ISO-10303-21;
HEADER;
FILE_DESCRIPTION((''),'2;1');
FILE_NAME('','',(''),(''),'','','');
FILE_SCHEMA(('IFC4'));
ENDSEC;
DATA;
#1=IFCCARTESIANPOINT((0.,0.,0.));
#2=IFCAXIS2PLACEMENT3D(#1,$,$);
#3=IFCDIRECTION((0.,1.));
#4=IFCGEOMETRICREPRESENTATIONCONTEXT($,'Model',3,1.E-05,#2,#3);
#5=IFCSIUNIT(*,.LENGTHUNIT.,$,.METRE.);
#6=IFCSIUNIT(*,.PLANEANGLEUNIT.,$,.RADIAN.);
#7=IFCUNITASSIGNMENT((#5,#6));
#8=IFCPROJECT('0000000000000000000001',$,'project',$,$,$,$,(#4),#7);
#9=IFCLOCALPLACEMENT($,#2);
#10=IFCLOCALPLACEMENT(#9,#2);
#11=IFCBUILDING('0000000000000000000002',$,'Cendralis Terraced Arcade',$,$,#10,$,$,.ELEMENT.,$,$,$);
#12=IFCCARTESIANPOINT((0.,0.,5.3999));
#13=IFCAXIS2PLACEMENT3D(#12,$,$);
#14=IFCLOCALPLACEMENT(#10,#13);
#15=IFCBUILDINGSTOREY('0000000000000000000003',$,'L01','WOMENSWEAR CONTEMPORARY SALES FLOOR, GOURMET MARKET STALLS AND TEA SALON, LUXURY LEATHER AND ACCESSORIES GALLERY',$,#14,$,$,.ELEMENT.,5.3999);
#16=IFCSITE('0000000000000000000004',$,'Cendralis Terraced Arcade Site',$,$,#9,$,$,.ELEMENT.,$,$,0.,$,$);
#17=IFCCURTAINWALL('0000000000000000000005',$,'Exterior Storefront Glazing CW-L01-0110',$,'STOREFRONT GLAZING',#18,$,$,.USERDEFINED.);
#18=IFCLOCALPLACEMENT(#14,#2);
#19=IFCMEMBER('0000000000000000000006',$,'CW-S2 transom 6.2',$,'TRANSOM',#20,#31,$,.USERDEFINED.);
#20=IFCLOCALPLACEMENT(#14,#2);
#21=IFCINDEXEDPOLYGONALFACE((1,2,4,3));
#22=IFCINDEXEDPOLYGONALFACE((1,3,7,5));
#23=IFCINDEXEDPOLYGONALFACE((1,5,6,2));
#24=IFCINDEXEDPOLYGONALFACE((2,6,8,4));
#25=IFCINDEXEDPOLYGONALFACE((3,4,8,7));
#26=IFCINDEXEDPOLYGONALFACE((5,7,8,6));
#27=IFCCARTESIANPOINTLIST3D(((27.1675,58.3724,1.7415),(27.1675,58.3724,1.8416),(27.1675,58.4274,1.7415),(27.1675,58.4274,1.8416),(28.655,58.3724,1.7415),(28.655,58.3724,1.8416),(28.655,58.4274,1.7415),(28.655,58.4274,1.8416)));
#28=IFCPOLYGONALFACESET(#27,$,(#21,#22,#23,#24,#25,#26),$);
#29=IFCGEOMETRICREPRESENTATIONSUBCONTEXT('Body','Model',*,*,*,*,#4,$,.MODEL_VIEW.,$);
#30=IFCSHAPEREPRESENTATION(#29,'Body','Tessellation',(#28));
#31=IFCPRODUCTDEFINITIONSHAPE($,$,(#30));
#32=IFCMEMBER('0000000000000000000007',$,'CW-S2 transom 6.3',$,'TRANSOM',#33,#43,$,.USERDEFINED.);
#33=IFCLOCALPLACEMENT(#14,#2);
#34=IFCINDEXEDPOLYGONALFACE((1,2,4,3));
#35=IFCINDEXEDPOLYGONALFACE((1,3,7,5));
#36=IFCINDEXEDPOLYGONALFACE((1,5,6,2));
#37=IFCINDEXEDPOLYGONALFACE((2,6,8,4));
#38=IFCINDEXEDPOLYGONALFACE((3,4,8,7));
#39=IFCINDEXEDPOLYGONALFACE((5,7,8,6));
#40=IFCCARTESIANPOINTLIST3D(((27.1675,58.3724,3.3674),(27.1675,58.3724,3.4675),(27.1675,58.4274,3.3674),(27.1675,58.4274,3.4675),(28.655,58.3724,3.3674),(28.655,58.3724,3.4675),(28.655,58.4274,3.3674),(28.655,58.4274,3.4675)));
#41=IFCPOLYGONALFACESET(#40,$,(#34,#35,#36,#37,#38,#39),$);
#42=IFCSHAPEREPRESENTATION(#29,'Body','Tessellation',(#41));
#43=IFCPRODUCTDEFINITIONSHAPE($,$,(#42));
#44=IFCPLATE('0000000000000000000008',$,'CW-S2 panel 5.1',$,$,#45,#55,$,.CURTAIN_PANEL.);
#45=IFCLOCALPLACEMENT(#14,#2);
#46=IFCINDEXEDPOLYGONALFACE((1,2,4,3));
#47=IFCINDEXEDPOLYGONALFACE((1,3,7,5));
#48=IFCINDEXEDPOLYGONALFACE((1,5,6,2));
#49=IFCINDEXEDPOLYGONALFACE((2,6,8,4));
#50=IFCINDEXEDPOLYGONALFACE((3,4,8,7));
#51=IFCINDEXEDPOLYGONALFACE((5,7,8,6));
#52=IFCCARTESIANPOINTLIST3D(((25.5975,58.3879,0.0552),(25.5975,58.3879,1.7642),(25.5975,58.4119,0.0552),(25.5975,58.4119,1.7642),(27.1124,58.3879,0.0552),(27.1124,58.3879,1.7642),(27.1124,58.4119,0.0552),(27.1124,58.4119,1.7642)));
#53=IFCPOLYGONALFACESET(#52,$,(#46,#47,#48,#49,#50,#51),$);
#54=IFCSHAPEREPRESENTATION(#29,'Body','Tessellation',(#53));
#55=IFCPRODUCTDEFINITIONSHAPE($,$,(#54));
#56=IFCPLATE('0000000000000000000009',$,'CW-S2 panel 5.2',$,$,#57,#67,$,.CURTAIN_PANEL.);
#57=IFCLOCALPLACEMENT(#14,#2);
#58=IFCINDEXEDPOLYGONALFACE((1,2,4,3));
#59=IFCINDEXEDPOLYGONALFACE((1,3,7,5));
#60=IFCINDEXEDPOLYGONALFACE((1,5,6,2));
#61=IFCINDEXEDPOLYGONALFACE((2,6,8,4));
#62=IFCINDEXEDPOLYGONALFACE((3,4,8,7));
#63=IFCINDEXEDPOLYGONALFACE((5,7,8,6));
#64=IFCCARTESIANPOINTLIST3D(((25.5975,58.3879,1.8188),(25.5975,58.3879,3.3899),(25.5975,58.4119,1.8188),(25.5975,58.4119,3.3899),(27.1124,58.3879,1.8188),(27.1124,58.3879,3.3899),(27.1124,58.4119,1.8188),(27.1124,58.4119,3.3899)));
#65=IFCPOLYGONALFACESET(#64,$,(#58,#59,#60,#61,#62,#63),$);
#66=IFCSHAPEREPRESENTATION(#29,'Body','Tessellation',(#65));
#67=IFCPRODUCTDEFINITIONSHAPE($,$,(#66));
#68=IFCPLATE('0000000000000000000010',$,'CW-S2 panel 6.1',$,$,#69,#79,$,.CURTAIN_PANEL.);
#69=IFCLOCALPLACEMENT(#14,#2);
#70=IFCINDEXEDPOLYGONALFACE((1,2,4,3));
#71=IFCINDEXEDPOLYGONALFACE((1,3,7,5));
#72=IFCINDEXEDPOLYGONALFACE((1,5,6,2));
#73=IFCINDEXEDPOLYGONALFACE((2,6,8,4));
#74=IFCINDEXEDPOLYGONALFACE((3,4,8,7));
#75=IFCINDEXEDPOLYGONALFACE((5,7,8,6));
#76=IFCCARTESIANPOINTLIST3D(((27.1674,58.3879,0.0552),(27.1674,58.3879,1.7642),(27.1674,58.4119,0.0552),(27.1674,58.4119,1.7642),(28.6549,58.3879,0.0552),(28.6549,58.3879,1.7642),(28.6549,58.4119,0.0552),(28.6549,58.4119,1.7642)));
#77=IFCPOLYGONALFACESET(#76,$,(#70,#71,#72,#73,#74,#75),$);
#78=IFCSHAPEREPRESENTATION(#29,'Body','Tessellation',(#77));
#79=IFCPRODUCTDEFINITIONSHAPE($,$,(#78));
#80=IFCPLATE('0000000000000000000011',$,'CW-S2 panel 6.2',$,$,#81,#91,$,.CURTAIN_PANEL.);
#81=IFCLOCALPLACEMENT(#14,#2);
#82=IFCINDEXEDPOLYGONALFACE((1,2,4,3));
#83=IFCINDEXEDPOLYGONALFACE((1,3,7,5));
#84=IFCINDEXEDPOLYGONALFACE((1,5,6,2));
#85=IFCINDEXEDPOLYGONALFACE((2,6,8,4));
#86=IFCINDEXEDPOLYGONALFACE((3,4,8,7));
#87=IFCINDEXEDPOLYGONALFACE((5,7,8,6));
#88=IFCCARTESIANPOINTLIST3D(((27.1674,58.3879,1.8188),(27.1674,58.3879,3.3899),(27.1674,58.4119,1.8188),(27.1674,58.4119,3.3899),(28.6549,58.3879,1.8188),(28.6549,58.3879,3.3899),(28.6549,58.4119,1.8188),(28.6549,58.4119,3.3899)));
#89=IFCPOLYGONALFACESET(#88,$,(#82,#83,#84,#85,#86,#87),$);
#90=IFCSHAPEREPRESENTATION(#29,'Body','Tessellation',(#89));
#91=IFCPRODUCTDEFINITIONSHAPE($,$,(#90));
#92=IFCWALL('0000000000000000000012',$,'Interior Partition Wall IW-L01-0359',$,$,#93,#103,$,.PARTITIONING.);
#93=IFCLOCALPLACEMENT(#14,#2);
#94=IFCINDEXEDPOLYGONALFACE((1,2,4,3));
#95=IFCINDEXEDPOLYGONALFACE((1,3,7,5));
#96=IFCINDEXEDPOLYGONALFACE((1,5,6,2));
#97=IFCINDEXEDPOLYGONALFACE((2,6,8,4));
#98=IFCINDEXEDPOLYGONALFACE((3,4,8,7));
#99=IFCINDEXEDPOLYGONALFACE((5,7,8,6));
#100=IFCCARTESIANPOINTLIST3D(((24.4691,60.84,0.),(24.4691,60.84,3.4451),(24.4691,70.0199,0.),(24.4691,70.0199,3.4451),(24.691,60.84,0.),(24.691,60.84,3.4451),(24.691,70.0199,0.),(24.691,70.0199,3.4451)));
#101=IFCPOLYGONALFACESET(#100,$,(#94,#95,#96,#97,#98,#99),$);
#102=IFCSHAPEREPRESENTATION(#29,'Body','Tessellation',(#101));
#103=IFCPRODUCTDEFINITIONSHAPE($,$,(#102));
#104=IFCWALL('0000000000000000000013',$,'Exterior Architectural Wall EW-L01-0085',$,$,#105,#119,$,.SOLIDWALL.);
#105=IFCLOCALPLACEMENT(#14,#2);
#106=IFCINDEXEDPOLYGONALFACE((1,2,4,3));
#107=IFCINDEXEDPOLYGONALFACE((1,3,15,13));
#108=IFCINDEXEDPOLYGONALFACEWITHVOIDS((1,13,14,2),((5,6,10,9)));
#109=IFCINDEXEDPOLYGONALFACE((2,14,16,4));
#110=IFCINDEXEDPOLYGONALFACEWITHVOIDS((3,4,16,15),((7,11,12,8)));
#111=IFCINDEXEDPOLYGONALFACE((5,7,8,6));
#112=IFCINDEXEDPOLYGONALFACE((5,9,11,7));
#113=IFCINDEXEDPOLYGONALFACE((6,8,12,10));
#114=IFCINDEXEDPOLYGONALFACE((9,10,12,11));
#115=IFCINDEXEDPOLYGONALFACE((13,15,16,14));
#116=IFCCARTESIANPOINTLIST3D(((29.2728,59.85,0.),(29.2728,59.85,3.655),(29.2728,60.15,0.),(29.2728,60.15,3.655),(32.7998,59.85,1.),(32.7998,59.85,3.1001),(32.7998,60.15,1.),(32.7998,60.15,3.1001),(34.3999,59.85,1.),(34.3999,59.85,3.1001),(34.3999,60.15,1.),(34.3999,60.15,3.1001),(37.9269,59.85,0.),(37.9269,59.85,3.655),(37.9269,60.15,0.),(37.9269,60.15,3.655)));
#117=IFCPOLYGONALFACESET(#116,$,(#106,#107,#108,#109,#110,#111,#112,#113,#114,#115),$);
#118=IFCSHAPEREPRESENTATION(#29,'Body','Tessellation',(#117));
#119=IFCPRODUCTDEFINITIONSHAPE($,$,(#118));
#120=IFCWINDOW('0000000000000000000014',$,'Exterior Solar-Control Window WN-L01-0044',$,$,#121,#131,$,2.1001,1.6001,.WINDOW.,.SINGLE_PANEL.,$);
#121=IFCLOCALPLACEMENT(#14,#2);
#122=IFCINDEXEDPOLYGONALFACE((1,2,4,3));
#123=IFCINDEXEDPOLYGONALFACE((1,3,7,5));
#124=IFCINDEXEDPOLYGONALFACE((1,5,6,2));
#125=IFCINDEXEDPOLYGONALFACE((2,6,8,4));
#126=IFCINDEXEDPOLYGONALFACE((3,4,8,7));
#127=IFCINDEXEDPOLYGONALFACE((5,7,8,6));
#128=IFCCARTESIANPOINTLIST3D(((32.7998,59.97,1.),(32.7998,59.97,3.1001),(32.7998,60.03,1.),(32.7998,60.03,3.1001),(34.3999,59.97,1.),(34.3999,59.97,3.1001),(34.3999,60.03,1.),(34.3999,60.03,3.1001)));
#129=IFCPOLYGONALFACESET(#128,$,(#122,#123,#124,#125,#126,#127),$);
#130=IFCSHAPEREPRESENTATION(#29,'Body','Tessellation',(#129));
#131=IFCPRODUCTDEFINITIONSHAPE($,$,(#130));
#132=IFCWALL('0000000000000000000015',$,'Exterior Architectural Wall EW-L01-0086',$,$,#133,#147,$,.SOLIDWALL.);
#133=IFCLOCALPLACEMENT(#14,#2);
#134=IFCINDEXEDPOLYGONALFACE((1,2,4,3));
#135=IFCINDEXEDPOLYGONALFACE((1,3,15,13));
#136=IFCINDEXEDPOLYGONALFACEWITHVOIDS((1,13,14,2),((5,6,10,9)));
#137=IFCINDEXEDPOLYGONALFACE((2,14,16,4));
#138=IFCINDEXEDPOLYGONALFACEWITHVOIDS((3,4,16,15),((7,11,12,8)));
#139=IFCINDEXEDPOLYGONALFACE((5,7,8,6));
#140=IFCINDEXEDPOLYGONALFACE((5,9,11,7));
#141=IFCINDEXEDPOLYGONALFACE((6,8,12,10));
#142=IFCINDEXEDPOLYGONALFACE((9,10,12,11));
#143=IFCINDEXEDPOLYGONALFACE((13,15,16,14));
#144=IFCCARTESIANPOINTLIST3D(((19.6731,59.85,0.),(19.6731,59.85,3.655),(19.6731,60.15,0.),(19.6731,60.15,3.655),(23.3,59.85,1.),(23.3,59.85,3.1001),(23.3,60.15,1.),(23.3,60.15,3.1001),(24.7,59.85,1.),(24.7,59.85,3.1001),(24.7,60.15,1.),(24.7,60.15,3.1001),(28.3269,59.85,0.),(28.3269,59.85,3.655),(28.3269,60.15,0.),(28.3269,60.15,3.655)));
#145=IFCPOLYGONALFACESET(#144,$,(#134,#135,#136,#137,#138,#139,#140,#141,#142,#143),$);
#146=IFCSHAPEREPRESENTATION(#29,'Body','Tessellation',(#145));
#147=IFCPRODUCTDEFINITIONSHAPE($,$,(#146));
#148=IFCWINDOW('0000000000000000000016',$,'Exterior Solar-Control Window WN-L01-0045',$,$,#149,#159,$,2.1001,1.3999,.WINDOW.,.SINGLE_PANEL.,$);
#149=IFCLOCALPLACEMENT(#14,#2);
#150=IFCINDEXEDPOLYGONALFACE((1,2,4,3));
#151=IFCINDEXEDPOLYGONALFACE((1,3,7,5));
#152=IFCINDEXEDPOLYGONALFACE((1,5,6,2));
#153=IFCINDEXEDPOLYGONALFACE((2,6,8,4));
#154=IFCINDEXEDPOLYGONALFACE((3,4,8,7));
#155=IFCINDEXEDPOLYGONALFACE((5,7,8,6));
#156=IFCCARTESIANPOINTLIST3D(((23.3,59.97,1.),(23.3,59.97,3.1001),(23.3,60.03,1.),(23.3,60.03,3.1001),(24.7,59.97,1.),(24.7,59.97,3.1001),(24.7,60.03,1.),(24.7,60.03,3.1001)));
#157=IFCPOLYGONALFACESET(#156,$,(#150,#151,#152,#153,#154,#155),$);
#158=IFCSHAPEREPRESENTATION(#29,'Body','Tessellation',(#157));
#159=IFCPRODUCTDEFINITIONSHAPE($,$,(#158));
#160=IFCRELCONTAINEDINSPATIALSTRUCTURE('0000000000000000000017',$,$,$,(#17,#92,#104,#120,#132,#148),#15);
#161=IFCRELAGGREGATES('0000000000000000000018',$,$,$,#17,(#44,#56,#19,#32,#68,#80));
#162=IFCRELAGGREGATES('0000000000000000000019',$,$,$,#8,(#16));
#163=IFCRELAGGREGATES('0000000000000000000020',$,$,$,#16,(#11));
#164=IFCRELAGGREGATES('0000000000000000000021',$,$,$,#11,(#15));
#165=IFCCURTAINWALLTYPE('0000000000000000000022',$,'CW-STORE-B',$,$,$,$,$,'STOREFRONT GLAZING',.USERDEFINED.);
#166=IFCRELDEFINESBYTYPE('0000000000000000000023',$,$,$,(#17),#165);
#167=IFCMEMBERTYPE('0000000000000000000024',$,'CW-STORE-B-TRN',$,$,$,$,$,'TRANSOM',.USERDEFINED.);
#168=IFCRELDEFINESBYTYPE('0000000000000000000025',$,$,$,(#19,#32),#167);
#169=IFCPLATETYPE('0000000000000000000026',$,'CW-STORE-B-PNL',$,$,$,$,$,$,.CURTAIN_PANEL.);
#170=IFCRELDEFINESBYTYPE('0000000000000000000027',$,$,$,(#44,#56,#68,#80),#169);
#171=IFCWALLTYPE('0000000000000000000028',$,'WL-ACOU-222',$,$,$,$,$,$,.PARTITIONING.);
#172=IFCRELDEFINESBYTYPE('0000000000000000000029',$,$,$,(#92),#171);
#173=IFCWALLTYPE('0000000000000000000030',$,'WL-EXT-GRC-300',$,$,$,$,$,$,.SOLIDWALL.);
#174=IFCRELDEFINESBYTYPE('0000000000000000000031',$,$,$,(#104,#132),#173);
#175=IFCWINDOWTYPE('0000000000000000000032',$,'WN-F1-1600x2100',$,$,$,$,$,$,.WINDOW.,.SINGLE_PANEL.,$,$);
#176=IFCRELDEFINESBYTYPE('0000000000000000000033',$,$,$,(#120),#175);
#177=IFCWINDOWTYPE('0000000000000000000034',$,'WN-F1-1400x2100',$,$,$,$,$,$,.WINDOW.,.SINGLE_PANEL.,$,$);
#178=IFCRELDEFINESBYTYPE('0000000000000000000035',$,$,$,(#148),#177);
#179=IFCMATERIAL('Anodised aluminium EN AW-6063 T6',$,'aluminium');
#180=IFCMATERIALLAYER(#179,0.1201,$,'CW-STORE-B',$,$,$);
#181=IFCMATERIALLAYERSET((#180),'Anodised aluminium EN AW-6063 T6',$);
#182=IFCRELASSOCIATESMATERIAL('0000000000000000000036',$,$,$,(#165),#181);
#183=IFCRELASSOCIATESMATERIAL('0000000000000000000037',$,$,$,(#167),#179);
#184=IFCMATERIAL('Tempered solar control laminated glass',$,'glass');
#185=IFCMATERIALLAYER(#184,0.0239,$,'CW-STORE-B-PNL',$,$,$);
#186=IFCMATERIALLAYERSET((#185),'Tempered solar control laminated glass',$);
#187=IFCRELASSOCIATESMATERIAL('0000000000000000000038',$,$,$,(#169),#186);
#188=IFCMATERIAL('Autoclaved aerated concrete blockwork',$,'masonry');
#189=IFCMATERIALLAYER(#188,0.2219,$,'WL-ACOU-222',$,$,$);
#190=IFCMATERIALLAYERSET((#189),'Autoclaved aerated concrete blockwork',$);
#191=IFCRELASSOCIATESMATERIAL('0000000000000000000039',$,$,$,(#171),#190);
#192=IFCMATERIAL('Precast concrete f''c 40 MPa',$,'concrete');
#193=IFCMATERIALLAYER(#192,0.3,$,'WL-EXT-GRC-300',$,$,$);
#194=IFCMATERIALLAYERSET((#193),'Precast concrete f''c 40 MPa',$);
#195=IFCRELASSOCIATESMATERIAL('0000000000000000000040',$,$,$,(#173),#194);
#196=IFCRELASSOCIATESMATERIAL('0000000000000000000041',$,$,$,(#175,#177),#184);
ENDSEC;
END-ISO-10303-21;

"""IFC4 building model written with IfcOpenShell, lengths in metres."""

from ifc_helpers import new_model, si_unit, direction, frame, frame_2d, origin, origin_2d, place, context, subcontext, project, spatial, rectangle, extrude, material, layer, layer_set, material_profile, profile_set, type_object, element, fill, aggregate, save


model = new_model("IFC4")

# Units and contexts
model_context = context("Model", 3, precision=1e-05, world=origin(), true_north=direction((0.0, 1.0)))
body_context = subcontext(model_context, "Body", "Model", "MODEL_VIEW")
ifc_project = project(units=[si_unit("LENGTHUNIT", "METRE"), si_unit("PLANEANGLEUNIT", "RADIAN")], contexts=[model_context])

# Site, building, storey
site_placement = place(None, origin())
site = spatial("IfcSite", under=ifc_project, at=site_placement, Name="Cendralis Terraced Arcade Site", CompositionType="ELEMENT", RefElevation=0.0)
building_placement = place(site_placement, origin())
building = spatial("IfcBuilding", under=site, at=building_placement, Name="Cendralis Terraced Arcade", CompositionType="ELEMENT")
storey_placement = place(building_placement, frame((0.0, 0.0, 5.3999)))
storey = spatial("IfcBuildingStorey", under=building, at=storey_placement, Name="L01", Description="WOMENSWEAR CONTEMPORARY SALES FLOOR, GOURMET MARKET STALLS AND TEA SALON, LUXURY LEATHER AND ACCESSORIES GALLERY", CompositionType="ELEMENT", Elevation=5.3999)

# Curtain wall, members, plates
ifc_material_1 = material(Name="Anodised aluminium EN AW-6063 T6", Category="aluminium")
ifc_layer_1 = layer(ifc_material_1, 0.1201, Name="CW-STORE-B")
ifc_layer_set_1 = layer_set([ifc_layer_1], Name="Anodised aluminium EN AW-6063 T6")
curtain_wall_type = type_object("IfcCurtainWallType", Name="CW-STORE-B", ElementType="STOREFRONT GLAZING", PredefinedType="USERDEFINED", material=ifc_layer_set_1)
curtain_wall_placement = place(storey_placement, origin())
curtain_wall = element("IfcCurtainWall", 1, at=curtain_wall_placement, inside=storey, type_object=curtain_wall_type, Name="Exterior Storefront Glazing CW-L01-0110", ObjectType="STOREFRONT GLAZING", PredefinedType="USERDEFINED")
ifc_material_profile_1 = material_profile(ifc_material_1, rectangle(XDim=0.0549, YDim=0.1001, at=origin_2d()), Name="ALU-TRN-55x100")
ifc_profile_set_1 = profile_set([ifc_material_profile_1], Name="Anodised aluminium EN AW-6063 T6")
member_type_1 = type_object("IfcMemberType", Name="CW-STORE-B-TRN", ElementType="TRANSOM", PredefinedType="USERDEFINED", material=ifc_profile_set_1)
member_1_placement = place(storey_placement, frame((27.1675, 58.3999, 1.7915), z_axis=(1.0, 0.0, 0.0), x_axis=(0.0, 1.0, 0.0)))
member_1 = element("IfcMember", 2, at=member_1_placement, type_object=member_type_1, Name="CW-S2 transom 6.2", ObjectType="TRANSOM", PredefinedType="USERDEFINED", context=body_context, shape_type="SweptSolid", body=[
    extrude(rectangle(XDim=0.0549, YDim=0.1001, at=origin_2d()), origin(), (0.0, 0.0, 1.0), 1.4875),
])
member_2_placement = place(storey_placement, frame((27.1675, 58.3999, 3.4175), z_axis=(1.0, 0.0, 0.0), x_axis=(0.0, 1.0, 0.0)))
member_2 = element("IfcMember", 3, at=member_2_placement, type_object=member_type_1, Name="CW-S2 transom 6.3", ObjectType="TRANSOM", PredefinedType="USERDEFINED", context=body_context, shape_type="SweptSolid", body=[
    extrude(rectangle(XDim=0.0549, YDim=0.1001, at=origin_2d()), origin(), (0.0, 0.0, 1.0), 1.4875),
])
ifc_material_2 = material(Name="Tempered solar control laminated glass", Category="glass")
ifc_layer_2 = layer(ifc_material_2, 0.0239, Name="CW-STORE-B-PNL")
ifc_layer_set_2 = layer_set([ifc_layer_2], Name="Tempered solar control laminated glass")
plate_type = type_object("IfcPlateType", Name="CW-STORE-B-PNL", PredefinedType="CURTAIN_PANEL", material=ifc_layer_set_2)
plate_1_placement = place(storey_placement, frame((26.355, 58.3999, 0.0552), z_axis=(0.0, 0.0, 1.0), x_axis=(1.0, 0.0, 0.0)))
plate_1 = element("IfcPlate", 4, at=plate_1_placement, type_object=plate_type, Name="CW-S2 panel 5.1", PredefinedType="CURTAIN_PANEL", context=body_context, shape_type="SweptSolid", body=[
    extrude(rectangle(XDim=1.5149, YDim=0.0239, at=origin_2d()), origin(), (0.0, 0.0, 1.0), 1.709),
])
plate_2_placement = place(storey_placement, frame((26.355, 58.3999, 1.8188), z_axis=(0.0, 0.0, 1.0), x_axis=(1.0, 0.0, 0.0)))
plate_2 = element("IfcPlate", 5, at=plate_2_placement, type_object=plate_type, Name="CW-S2 panel 5.2", PredefinedType="CURTAIN_PANEL", context=body_context, shape_type="SweptSolid", body=[
    extrude(rectangle(XDim=1.5149, YDim=0.0239, at=origin_2d()), origin(), (0.0, 0.0, 1.0), 1.571),
])
plate_3_placement = place(storey_placement, frame((27.9111, 58.3999, 0.0552), z_axis=(0.0, 0.0, 1.0), x_axis=(1.0, 0.0, 0.0)))
plate_3 = element("IfcPlate", 6, at=plate_3_placement, type_object=plate_type, Name="CW-S2 panel 6.1", PredefinedType="CURTAIN_PANEL", context=body_context, shape_type="SweptSolid", body=[
    extrude(rectangle(XDim=1.4875, YDim=0.0239, at=origin_2d()), origin(), (0.0, 0.0, 1.0), 1.709),
])
plate_4_placement = place(storey_placement, frame((27.9111, 58.3999, 1.8188), z_axis=(0.0, 0.0, 1.0), x_axis=(1.0, 0.0, 0.0)))
plate_4 = element("IfcPlate", 7, at=plate_4_placement, type_object=plate_type, Name="CW-S2 panel 6.2", PredefinedType="CURTAIN_PANEL", context=body_context, shape_type="SweptSolid", body=[
    extrude(rectangle(XDim=1.4875, YDim=0.0239, at=origin_2d()), origin(), (0.0, 0.0, 1.0), 1.571),
])
aggregate(curtain_wall, [plate_1, plate_2, member_1, member_2, plate_3, plate_4])

# Wall
ifc_material_3 = material(Name="Autoclaved aerated concrete blockwork", Category="masonry")
ifc_layer_3 = layer(ifc_material_3, 0.2219, Name="WL-ACOU-222")
ifc_layer_set_3 = layer_set([ifc_layer_3], Name="Autoclaved aerated concrete blockwork")
wall_type_1 = type_object("IfcWallType", Name="WL-ACOU-222", PredefinedType="PARTITIONING", material=ifc_layer_set_3)
wall_1_placement = place(storey_placement, frame((24.5801, 60.8401, 0.0), z_axis=(0.0, 0.0, 1.0), x_axis=(0.0, 1.0, 0.0)))
element("IfcWall", 8, at=wall_1_placement, inside=storey, type_object=wall_type_1, Name="Interior Partition Wall IW-L01-0359", PredefinedType="PARTITIONING", context=body_context, shape_type="SweptSolid", body=[
    extrude(rectangle(XDim=9.1799, YDim=0.2219, at=frame_2d((4.5898, 0.0))), origin(), (0.0, 0.0, 1.0), 3.4451),
])

# Walls, openings, windows
ifc_material_4 = material(Name="Precast concrete f'c 40 MPa", Category="concrete")
ifc_layer_4 = layer(ifc_material_4, 0.3, Name="WL-EXT-GRC-300")
ifc_layer_set_4 = layer_set([ifc_layer_4], Name="Precast concrete f'c 40 MPa")
wall_type_2 = type_object("IfcWallType", Name="WL-EXT-GRC-300", PredefinedType="SOLIDWALL", material=ifc_layer_set_4)
wall_2_placement = place(storey_placement, frame((37.927, 60.0, 0.0), z_axis=(0.0, 0.0, 1.0), x_axis=(-1.0, 0.0, 0.0)))
wall_2 = element("IfcWall", 9, at=wall_2_placement, inside=storey, type_object=wall_type_2, Name="Exterior Architectural Wall EW-L01-0085", PredefinedType="SOLIDWALL", context=body_context, shape_type="SweptSolid", body=[
    extrude(rectangle(XDim=8.6541, YDim=0.3, at=frame_2d((4.3271, 0.0))), origin(), (0.0, 0.0, 1.0), 3.655),
])
opening_1_placement = place(wall_2_placement, frame((3.5271, 0.0, 1.0)))
opening_1 = element("IfcOpeningElement", 10, at=opening_1_placement, cuts=wall_2, PredefinedType="OPENING", context=body_context, shape_type="SweptSolid", body=[
    extrude(rectangle(XDim=1.6001, YDim=2.1001, at=frame_2d((0.8, 1.05))), frame((0.0, 0.1621, 0.0), z_axis=(0.0, -1.0, 0.0), x_axis=(1.0, 0.0, 0.0)), (0.0, 0.0, 1.0), 0.324),
])
window_type_1 = type_object("IfcWindowType", Name="WN-F1-1600x2100", PartitioningType="SINGLE_PANEL", PredefinedType="WINDOW", material=ifc_material_2)
window_1_placement = place(opening_1_placement, origin())
window_1 = element("IfcWindow", 11, at=window_1_placement, inside=storey, type_object=window_type_1, Name="Exterior Solar-Control Window WN-L01-0044", OverallHeight=2.1001, OverallWidth=1.6001, PartitioningType="SINGLE_PANEL", PredefinedType="WINDOW", context=body_context, shape_type="SweptSolid", body=[
    extrude(rectangle(XDim=1.6001, YDim=2.1001, at=frame_2d((0.8, 1.05))), frame((0.0, 0.03, 0.0), z_axis=(0.0, -1.0, 0.0), x_axis=(1.0, 0.0, 0.0)), (0.0, 0.0, 1.0), 0.0601),
])
fill(opening_1, window_1)
wall_3_placement = place(storey_placement, frame((28.3269, 60.0, 0.0), z_axis=(0.0, 0.0, 1.0), x_axis=(-1.0, 0.0, 0.0)))
wall_3 = element("IfcWall", 12, at=wall_3_placement, inside=storey, type_object=wall_type_2, Name="Exterior Architectural Wall EW-L01-0086", PredefinedType="SOLIDWALL", context=body_context, shape_type="SweptSolid", body=[
    extrude(rectangle(XDim=8.6538, YDim=0.3, at=frame_2d((4.3269, 0.0))), origin(), (0.0, 0.0, 1.0), 3.655),
])
opening_2_placement = place(wall_3_placement, frame((3.627, 0.0, 1.0)))
opening_2 = element("IfcOpeningElement", 13, at=opening_2_placement, cuts=wall_3, PredefinedType="OPENING", context=body_context, shape_type="SweptSolid", body=[
    extrude(rectangle(XDim=1.3999, YDim=2.1001, at=frame_2d((0.7, 1.05))), frame((0.0, 0.1621, 0.0), z_axis=(0.0, -1.0, 0.0), x_axis=(1.0, 0.0, 0.0)), (0.0, 0.0, 1.0), 0.324),
])
window_type_2 = type_object("IfcWindowType", Name="WN-F1-1400x2100", PartitioningType="SINGLE_PANEL", PredefinedType="WINDOW", material=ifc_material_2)
window_2_placement = place(opening_2_placement, origin())
window_2 = element("IfcWindow", 14, at=window_2_placement, inside=storey, type_object=window_type_2, Name="Exterior Solar-Control Window WN-L01-0045", OverallHeight=2.1001, OverallWidth=1.3999, PartitioningType="SINGLE_PANEL", PredefinedType="WINDOW", context=body_context, shape_type="SweptSolid", body=[
    extrude(rectangle(XDim=1.3999, YDim=2.1001, at=frame_2d((0.7, 1.05))), frame((0.0, 0.03, 0.0), z_axis=(0.0, -1.0, 0.0), x_axis=(1.0, 0.0, 0.0)), (0.0, 0.0, 1.0), 0.0601),
])
fill(opening_2, window_2)

save(model, "model.ifc")
